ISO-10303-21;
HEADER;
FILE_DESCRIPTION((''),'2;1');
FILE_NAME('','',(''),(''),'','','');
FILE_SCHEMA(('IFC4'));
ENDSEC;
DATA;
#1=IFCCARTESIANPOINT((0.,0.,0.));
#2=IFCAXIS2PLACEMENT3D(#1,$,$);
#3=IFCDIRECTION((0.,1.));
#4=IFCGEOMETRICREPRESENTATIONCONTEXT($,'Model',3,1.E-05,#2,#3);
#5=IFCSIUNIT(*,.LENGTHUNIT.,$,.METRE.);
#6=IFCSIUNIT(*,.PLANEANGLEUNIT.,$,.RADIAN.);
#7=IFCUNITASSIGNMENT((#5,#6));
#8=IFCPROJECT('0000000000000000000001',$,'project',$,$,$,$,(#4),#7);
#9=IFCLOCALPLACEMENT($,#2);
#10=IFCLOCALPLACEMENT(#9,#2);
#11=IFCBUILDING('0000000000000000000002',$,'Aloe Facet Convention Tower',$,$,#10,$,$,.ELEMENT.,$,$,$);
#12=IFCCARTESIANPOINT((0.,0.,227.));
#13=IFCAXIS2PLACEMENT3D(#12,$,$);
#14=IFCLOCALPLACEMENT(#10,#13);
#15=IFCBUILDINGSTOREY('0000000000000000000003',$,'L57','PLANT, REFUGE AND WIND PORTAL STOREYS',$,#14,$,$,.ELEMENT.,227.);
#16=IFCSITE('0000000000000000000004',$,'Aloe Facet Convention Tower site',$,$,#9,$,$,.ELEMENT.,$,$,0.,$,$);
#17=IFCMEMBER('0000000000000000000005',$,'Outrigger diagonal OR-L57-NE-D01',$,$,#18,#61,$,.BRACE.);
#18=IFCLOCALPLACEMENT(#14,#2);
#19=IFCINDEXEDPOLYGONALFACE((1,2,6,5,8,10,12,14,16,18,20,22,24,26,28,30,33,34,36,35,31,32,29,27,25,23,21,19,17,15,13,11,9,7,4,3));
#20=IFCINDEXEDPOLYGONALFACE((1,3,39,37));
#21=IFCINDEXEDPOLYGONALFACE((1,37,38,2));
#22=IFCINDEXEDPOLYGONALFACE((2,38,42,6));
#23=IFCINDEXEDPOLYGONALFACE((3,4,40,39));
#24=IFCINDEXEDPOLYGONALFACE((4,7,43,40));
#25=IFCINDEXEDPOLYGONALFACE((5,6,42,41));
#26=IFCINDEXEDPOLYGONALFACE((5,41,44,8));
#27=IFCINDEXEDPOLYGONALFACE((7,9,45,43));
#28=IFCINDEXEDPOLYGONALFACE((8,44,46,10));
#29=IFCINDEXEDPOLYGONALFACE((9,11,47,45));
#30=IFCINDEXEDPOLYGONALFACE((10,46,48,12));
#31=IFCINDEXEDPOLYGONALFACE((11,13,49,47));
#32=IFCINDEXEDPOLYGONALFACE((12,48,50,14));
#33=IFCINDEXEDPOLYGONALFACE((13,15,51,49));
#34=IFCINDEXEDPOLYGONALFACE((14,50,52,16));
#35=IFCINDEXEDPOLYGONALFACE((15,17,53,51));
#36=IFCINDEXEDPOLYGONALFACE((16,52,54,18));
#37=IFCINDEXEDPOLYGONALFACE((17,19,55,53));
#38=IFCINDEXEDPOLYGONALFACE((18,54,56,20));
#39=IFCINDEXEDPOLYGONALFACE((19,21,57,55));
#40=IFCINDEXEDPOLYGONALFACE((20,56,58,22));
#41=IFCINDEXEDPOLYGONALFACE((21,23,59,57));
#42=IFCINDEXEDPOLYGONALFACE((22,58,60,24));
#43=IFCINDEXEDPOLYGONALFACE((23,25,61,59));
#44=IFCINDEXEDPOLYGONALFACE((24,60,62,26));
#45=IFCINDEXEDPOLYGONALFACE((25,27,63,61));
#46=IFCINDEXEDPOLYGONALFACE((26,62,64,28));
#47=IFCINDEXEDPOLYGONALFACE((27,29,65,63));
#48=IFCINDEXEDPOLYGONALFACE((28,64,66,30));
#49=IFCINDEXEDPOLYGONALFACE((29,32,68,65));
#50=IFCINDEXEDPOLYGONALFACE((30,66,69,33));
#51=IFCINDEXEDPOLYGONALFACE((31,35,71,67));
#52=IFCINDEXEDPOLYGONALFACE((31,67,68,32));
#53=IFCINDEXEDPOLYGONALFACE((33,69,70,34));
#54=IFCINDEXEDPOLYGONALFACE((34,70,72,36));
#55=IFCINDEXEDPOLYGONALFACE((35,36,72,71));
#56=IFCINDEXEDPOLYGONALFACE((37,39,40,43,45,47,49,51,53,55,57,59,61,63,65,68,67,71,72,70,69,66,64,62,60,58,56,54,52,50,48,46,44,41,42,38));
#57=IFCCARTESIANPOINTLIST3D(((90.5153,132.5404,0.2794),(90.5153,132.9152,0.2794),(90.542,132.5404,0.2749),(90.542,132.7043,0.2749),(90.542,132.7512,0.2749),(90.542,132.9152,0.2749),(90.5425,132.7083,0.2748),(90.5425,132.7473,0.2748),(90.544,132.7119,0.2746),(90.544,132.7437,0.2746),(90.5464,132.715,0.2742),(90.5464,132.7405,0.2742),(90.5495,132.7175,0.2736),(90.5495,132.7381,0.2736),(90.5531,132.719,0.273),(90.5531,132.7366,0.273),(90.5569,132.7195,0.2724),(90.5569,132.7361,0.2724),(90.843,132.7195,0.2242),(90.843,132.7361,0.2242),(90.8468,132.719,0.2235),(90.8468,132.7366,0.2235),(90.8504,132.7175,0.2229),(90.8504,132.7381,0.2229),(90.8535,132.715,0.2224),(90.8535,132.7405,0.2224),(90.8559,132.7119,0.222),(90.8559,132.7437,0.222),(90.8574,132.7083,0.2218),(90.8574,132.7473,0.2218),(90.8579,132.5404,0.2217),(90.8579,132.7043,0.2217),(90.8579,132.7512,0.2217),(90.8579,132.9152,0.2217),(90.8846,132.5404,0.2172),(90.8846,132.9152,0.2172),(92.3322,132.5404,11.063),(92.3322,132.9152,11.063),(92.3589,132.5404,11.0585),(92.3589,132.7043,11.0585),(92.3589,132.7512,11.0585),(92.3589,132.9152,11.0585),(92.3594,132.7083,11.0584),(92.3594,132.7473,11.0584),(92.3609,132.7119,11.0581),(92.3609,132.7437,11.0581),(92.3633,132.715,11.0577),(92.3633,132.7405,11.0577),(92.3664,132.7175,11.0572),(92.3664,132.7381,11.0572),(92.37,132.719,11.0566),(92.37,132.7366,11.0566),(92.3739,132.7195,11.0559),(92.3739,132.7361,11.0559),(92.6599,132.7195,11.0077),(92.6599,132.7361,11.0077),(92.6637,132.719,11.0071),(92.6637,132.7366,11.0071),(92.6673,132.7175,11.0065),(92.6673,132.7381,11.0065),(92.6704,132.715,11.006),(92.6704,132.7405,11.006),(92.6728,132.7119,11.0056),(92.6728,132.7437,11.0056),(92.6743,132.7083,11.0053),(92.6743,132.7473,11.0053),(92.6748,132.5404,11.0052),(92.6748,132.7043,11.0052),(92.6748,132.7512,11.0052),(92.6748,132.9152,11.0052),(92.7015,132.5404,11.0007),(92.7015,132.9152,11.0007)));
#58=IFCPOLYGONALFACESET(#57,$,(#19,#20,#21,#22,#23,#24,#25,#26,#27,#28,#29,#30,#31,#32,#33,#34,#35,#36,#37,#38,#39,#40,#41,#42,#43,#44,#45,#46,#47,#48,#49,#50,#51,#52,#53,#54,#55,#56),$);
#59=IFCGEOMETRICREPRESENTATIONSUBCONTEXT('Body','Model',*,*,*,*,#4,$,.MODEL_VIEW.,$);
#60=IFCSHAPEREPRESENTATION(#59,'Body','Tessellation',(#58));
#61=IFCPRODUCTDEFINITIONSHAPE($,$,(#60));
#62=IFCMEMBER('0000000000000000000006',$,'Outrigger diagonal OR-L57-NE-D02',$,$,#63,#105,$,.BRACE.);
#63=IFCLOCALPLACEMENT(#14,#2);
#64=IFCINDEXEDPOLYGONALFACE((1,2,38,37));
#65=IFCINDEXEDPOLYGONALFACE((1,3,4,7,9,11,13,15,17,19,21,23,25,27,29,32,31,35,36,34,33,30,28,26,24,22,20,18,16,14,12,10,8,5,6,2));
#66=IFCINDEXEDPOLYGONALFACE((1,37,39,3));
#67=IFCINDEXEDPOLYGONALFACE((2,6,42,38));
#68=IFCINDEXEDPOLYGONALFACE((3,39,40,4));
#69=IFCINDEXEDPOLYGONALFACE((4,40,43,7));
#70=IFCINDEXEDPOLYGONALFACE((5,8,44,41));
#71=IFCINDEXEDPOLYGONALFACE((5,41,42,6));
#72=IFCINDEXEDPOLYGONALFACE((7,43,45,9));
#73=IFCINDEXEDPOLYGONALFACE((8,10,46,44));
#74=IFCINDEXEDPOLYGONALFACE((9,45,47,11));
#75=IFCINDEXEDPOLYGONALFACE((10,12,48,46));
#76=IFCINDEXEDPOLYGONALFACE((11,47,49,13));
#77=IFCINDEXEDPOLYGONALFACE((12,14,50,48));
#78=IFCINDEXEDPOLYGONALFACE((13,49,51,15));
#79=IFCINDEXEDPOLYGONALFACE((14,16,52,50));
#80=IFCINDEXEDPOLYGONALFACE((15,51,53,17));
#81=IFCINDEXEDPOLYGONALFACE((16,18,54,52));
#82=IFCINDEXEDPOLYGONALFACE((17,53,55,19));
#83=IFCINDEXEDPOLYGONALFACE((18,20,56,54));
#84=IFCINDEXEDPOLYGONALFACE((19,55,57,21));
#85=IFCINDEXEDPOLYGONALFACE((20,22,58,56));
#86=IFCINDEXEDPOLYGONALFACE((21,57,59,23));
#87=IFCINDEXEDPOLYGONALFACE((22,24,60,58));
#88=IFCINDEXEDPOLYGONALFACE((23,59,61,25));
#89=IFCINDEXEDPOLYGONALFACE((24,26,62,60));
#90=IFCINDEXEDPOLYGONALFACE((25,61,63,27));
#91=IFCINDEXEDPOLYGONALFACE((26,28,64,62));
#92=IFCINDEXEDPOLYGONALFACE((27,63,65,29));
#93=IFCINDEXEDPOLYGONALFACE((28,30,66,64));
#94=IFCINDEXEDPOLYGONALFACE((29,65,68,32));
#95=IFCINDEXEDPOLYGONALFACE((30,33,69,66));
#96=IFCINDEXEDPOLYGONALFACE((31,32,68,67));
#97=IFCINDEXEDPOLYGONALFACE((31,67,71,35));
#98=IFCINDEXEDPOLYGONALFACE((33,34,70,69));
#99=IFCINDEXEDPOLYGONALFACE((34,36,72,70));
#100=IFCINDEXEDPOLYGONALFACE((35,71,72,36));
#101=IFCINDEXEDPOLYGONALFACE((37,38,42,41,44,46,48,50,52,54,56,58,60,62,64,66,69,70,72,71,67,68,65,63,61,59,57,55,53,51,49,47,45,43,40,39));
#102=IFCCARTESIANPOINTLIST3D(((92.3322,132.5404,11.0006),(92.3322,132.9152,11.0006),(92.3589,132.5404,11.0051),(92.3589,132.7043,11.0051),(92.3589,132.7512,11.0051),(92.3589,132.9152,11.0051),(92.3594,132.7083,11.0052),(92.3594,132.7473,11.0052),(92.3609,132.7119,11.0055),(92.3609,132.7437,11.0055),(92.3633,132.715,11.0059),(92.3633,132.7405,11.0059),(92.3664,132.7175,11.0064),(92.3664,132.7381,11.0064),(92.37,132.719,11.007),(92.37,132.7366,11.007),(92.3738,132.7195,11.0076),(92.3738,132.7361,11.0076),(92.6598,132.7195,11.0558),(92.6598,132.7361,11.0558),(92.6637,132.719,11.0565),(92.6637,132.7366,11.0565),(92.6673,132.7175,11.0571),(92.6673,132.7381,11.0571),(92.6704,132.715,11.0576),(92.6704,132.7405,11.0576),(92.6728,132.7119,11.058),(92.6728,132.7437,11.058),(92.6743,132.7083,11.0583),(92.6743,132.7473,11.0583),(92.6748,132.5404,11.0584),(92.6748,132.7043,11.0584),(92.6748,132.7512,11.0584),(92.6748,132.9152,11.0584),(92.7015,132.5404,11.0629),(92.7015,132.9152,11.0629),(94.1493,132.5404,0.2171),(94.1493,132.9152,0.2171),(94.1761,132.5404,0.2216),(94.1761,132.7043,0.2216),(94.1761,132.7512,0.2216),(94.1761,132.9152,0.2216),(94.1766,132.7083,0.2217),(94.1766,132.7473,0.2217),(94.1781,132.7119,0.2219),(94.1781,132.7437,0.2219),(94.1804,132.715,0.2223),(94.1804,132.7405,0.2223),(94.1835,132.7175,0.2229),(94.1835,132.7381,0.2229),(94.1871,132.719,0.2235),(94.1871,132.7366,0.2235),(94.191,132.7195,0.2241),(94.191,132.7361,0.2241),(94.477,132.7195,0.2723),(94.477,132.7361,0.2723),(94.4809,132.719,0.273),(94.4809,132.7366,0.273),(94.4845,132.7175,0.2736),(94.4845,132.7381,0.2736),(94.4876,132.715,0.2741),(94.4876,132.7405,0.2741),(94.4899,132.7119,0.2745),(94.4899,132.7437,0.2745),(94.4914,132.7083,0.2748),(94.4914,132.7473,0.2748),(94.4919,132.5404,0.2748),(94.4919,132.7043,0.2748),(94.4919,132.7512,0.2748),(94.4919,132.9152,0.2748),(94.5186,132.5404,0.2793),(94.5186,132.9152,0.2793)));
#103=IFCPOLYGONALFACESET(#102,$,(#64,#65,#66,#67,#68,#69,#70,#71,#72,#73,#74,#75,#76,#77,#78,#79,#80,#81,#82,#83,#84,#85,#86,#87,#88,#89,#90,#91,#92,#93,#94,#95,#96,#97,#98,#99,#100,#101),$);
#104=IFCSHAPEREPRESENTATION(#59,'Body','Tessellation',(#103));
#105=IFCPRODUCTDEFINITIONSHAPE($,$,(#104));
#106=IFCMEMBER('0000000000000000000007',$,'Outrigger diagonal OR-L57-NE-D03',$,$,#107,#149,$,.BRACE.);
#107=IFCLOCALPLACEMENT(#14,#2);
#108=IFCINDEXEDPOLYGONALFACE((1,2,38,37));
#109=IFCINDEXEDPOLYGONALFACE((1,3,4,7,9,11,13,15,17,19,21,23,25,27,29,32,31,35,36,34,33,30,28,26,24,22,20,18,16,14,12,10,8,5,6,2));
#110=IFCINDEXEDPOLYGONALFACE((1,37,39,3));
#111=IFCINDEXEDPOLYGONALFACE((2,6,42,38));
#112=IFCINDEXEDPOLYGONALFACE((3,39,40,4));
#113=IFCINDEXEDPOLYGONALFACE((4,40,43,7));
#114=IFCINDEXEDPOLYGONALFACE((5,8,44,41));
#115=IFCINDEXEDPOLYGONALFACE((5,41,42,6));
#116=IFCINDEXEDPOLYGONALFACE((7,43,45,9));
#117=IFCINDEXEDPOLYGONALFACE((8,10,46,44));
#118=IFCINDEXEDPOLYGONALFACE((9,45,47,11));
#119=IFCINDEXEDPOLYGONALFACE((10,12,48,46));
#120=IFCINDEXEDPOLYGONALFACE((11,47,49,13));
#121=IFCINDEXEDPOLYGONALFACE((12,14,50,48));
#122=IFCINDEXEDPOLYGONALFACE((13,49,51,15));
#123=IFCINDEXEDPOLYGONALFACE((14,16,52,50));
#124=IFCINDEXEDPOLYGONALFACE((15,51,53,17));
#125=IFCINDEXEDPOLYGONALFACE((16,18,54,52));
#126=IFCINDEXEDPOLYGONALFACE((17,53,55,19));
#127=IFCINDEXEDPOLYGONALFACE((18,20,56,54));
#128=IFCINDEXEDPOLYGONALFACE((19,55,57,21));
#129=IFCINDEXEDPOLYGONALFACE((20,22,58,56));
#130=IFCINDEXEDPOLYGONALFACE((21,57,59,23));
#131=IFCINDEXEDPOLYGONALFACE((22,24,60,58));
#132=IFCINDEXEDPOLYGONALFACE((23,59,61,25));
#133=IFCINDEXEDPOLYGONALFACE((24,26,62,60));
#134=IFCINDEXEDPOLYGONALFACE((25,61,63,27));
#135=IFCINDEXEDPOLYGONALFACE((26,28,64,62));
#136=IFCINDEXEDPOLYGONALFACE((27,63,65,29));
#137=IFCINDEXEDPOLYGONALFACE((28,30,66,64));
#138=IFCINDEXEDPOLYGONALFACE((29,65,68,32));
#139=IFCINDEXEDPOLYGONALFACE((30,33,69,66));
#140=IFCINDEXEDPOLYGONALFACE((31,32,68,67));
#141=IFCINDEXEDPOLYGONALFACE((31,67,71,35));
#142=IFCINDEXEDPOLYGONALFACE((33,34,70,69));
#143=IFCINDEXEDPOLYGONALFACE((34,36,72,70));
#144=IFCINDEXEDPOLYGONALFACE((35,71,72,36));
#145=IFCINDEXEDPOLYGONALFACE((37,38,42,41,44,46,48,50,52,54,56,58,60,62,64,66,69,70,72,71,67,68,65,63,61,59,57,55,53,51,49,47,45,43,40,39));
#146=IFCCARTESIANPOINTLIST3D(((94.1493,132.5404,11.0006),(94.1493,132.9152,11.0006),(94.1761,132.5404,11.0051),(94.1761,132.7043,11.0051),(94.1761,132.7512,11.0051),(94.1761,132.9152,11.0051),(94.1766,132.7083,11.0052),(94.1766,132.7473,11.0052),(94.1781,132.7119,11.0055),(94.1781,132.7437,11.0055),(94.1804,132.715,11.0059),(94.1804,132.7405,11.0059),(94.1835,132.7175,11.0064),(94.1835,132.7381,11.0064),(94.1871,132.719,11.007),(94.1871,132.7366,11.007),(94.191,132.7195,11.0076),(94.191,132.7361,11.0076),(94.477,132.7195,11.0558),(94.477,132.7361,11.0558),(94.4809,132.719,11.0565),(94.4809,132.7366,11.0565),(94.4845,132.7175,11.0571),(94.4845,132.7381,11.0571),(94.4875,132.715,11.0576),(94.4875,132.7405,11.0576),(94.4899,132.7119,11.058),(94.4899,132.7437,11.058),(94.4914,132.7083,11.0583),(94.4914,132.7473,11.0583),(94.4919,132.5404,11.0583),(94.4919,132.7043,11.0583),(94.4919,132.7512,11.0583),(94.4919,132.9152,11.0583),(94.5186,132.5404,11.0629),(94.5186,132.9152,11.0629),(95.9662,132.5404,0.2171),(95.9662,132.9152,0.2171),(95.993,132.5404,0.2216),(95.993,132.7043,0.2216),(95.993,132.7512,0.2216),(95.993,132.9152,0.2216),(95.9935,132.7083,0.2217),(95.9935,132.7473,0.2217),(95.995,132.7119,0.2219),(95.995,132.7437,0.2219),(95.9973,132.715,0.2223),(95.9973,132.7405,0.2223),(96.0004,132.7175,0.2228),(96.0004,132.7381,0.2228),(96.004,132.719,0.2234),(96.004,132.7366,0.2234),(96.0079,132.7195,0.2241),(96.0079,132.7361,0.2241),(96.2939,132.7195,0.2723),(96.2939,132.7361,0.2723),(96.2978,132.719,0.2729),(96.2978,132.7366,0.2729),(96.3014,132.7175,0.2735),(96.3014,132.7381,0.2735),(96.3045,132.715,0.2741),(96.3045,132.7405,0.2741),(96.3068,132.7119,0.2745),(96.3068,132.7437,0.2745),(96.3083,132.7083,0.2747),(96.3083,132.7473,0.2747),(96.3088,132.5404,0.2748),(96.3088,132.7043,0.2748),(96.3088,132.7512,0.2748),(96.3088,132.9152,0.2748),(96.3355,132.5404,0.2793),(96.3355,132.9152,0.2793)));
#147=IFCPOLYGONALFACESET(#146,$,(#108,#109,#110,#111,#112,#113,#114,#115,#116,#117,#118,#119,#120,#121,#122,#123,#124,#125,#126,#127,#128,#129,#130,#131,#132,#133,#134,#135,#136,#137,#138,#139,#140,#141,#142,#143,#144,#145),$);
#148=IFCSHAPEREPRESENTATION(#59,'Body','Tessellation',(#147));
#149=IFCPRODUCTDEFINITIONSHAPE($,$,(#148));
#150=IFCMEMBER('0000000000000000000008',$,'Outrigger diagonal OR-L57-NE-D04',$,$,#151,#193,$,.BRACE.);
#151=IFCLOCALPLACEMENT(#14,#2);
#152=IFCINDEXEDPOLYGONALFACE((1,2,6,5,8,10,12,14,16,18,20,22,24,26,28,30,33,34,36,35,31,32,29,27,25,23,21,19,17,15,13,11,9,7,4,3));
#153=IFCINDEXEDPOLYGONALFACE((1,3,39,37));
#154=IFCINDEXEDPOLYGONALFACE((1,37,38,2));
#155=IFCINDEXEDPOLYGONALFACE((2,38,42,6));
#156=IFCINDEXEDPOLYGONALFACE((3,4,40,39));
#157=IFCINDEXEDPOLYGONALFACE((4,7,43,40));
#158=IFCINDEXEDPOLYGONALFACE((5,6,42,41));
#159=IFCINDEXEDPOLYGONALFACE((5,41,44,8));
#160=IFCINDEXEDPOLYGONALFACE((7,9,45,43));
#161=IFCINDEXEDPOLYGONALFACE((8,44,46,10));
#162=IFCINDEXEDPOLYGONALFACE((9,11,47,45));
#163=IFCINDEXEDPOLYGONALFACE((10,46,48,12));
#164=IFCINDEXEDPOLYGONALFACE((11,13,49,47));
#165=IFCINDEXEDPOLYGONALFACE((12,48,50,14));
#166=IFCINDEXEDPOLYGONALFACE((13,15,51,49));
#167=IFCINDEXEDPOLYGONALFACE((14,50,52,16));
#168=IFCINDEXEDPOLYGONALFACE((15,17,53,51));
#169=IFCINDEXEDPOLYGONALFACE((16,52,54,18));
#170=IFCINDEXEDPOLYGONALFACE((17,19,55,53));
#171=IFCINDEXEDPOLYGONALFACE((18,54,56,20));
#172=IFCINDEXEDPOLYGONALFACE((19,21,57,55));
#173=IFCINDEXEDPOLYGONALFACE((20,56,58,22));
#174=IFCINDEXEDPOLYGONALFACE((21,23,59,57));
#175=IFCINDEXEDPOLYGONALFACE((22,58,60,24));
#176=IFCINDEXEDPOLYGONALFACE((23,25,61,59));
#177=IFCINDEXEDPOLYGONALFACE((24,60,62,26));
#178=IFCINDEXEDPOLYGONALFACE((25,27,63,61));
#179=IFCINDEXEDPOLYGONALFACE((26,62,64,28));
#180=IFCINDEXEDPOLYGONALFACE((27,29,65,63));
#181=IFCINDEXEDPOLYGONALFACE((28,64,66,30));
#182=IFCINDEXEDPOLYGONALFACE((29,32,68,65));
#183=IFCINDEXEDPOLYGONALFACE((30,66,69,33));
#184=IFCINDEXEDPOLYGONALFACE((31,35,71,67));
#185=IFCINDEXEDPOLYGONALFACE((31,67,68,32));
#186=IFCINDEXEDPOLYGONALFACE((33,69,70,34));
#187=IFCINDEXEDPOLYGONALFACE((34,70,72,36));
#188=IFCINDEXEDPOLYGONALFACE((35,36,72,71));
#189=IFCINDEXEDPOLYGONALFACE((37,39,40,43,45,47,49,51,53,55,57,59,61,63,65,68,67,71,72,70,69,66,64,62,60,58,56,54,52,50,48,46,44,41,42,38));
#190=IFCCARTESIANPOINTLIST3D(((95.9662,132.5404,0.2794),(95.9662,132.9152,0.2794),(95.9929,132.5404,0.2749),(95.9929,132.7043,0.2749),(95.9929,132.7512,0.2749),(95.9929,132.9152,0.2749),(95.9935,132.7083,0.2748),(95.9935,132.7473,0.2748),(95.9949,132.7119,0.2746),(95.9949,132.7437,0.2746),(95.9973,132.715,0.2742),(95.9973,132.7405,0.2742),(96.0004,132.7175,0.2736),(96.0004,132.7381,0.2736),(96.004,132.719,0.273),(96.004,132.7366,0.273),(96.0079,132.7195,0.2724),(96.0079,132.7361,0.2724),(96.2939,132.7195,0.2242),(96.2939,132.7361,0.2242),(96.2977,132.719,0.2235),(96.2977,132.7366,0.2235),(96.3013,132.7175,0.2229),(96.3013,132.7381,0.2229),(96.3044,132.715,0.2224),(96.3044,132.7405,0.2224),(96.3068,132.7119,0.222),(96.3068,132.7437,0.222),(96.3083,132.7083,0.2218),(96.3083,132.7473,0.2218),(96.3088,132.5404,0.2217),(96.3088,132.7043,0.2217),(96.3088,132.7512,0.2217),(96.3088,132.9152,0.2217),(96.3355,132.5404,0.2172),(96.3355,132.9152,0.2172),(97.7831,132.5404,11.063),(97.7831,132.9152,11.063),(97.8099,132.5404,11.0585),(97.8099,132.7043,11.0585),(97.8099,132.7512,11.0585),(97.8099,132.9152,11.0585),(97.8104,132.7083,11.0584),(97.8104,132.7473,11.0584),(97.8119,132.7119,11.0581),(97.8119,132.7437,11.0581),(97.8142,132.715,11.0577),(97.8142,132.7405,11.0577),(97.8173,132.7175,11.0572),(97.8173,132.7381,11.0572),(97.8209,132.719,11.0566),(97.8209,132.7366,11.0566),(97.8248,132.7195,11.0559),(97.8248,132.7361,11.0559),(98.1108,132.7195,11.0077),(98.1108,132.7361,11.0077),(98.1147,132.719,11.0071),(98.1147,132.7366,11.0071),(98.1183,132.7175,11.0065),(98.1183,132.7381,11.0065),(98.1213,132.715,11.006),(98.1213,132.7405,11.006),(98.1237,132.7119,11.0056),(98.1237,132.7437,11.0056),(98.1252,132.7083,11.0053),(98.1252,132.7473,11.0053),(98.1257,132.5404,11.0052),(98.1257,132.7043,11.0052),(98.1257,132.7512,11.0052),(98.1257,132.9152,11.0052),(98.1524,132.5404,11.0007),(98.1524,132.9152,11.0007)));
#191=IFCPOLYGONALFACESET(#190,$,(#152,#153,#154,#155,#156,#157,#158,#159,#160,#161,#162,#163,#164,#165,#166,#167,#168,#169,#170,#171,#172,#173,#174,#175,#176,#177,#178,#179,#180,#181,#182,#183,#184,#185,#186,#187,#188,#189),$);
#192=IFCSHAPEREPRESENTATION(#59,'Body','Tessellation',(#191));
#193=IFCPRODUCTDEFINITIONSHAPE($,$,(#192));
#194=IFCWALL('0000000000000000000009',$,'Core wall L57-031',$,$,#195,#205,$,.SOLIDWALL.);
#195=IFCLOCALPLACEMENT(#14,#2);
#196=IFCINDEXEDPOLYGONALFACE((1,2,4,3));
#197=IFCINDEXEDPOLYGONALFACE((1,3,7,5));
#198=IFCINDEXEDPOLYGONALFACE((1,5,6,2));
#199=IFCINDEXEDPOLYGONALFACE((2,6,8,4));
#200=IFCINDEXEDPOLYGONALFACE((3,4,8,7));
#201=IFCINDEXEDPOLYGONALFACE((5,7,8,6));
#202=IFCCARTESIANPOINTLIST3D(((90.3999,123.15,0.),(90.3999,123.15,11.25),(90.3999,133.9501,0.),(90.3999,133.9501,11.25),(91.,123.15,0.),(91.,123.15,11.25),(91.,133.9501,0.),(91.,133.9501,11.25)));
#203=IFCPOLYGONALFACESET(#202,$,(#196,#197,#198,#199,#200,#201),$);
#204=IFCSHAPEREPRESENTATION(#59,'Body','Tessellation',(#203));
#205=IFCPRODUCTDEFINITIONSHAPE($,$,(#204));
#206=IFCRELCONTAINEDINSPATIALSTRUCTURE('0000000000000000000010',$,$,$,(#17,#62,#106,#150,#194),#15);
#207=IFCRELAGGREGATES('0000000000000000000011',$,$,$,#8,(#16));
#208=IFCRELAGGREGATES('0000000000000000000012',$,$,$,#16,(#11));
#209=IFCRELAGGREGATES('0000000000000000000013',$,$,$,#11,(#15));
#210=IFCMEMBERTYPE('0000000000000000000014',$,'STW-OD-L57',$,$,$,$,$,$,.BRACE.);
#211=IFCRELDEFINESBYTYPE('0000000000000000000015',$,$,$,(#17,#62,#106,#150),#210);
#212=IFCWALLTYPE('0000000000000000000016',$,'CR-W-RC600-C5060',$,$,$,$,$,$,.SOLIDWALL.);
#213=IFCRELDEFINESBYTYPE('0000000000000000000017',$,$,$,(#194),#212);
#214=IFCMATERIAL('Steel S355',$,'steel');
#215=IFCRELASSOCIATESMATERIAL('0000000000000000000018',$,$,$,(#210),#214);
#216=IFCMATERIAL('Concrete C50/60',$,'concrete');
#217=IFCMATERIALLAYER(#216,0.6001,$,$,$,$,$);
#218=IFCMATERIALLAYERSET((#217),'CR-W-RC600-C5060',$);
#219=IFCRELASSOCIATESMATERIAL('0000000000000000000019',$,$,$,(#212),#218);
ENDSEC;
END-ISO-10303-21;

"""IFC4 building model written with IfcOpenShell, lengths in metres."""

from ifc_helpers import new_model, si_unit, direction, frame, frame_2d, origin, origin_2d, place, context, subcontext, project, spatial, rectangle, i_section, extrude, material, layer, layer_set, material_profile, profile_set, type_object, element, save


model = new_model("IFC4")

# Units and contexts
model_context = context("Model", 3, precision=1e-05, world=origin(), true_north=direction((0.0, 1.0)))
body_context = subcontext(model_context, "Body", "Model", "MODEL_VIEW")
ifc_project = project(units=[si_unit("LENGTHUNIT", "METRE"), si_unit("PLANEANGLEUNIT", "RADIAN")], contexts=[model_context])

# Site, building, storey
site_placement = place(None, origin())
site = spatial("IfcSite", under=ifc_project, at=site_placement, Name="Aloe Facet Convention Tower site", CompositionType="ELEMENT", RefElevation=0.0)
building_placement = place(site_placement, origin())
building = spatial("IfcBuilding", under=site, at=building_placement, Name="Aloe Facet Convention Tower", CompositionType="ELEMENT")
storey_placement = place(building_placement, frame((0.0, 0.0, 227.0)))
storey = spatial("IfcBuildingStorey", under=building, at=storey_placement, Name="L57", Description="PLANT, REFUGE AND WIND PORTAL STOREYS", CompositionType="ELEMENT", Elevation=227.0)

# Members
ifc_material_1 = material(Name="Steel S355", Category="steel")
ifc_material_profile_1 = material_profile(ifc_material_1, i_section(OverallWidth=0.3748, OverallDepth=0.3745, WebThickness=0.0166, FlangeThickness=0.0271, FilletRadius=0.0151, at=origin_2d()), Name="UC 356x368x202")
ifc_profile_set_1 = profile_set([ifc_material_profile_1], Name="Steel S355")
member_type_1 = type_object("IfcMemberType", Name="STW-OD-L57", PredefinedType="BRACE", material=ifc_profile_set_1)
for number, where, z_axis, x_axis, name in (
    (1, (90.7, 132.7278, 0.2483), (0.166147, 0.0, 0.986101), (0.0, 1.0, 0.0), "Outrigger diagonal OR-L57-NE-D01"),
    (2, (92.5168, 132.7278, 11.0317), (0.166169, 0.0, -0.986097), (0.0, 1.0, 0.0), "Outrigger diagonal OR-L57-NE-D02"),
    (3, (94.334, 132.7278, 11.0317), (0.166147, 0.0, -0.986101), (0.0, 1.0, 0.0), "Outrigger diagonal OR-L57-NE-D03"),
    (4, (96.1509, 132.7278, 0.2483), (0.166147, 0.0, 0.986101), (0.0, 1.0, 0.0), "Outrigger diagonal OR-L57-NE-D04"),
):
    element("IfcMember", number, at=place(storey_placement, frame(where, z_axis=z_axis, x_axis=x_axis)), inside=storey, type_object=member_type_1, Name=name, PredefinedType="BRACE", context=body_context, shape_type="SweptSolid", body=[
        extrude(i_section(OverallWidth=0.3748, OverallDepth=0.3745, WebThickness=0.0166, FlangeThickness=0.0271, FilletRadius=0.0151, at=origin_2d()), origin(), (0.0, 0.0, 1.0), 10.9355),
    ])

# Wall
ifc_material_2 = material(Name="Concrete C50/60", Category="concrete")
ifc_layer = layer(ifc_material_2, 0.6001)
ifc_layer_set = layer_set([ifc_layer], Name="CR-W-RC600-C5060")
wall_type = type_object("IfcWallType", Name="CR-W-RC600-C5060", PredefinedType="SOLIDWALL", material=ifc_layer_set)
wall_placement = place(storey_placement, frame((90.7, 133.95, 0.0), z_axis=(0.0, 0.0, 1.0), x_axis=(0.0, -1.0, 0.0)))
element("IfcWall", 5, at=wall_placement, inside=storey, type_object=wall_type, Name="Core wall L57-031", PredefinedType="SOLIDWALL", context=body_context, shape_type="SweptSolid", body=[
    extrude(rectangle(XDim=10.8, YDim=0.6001, at=frame_2d((5.3999, 0.0))), origin(), (0.0, 0.0, 1.0), 11.25),
])

save(model, "model.ifc")
